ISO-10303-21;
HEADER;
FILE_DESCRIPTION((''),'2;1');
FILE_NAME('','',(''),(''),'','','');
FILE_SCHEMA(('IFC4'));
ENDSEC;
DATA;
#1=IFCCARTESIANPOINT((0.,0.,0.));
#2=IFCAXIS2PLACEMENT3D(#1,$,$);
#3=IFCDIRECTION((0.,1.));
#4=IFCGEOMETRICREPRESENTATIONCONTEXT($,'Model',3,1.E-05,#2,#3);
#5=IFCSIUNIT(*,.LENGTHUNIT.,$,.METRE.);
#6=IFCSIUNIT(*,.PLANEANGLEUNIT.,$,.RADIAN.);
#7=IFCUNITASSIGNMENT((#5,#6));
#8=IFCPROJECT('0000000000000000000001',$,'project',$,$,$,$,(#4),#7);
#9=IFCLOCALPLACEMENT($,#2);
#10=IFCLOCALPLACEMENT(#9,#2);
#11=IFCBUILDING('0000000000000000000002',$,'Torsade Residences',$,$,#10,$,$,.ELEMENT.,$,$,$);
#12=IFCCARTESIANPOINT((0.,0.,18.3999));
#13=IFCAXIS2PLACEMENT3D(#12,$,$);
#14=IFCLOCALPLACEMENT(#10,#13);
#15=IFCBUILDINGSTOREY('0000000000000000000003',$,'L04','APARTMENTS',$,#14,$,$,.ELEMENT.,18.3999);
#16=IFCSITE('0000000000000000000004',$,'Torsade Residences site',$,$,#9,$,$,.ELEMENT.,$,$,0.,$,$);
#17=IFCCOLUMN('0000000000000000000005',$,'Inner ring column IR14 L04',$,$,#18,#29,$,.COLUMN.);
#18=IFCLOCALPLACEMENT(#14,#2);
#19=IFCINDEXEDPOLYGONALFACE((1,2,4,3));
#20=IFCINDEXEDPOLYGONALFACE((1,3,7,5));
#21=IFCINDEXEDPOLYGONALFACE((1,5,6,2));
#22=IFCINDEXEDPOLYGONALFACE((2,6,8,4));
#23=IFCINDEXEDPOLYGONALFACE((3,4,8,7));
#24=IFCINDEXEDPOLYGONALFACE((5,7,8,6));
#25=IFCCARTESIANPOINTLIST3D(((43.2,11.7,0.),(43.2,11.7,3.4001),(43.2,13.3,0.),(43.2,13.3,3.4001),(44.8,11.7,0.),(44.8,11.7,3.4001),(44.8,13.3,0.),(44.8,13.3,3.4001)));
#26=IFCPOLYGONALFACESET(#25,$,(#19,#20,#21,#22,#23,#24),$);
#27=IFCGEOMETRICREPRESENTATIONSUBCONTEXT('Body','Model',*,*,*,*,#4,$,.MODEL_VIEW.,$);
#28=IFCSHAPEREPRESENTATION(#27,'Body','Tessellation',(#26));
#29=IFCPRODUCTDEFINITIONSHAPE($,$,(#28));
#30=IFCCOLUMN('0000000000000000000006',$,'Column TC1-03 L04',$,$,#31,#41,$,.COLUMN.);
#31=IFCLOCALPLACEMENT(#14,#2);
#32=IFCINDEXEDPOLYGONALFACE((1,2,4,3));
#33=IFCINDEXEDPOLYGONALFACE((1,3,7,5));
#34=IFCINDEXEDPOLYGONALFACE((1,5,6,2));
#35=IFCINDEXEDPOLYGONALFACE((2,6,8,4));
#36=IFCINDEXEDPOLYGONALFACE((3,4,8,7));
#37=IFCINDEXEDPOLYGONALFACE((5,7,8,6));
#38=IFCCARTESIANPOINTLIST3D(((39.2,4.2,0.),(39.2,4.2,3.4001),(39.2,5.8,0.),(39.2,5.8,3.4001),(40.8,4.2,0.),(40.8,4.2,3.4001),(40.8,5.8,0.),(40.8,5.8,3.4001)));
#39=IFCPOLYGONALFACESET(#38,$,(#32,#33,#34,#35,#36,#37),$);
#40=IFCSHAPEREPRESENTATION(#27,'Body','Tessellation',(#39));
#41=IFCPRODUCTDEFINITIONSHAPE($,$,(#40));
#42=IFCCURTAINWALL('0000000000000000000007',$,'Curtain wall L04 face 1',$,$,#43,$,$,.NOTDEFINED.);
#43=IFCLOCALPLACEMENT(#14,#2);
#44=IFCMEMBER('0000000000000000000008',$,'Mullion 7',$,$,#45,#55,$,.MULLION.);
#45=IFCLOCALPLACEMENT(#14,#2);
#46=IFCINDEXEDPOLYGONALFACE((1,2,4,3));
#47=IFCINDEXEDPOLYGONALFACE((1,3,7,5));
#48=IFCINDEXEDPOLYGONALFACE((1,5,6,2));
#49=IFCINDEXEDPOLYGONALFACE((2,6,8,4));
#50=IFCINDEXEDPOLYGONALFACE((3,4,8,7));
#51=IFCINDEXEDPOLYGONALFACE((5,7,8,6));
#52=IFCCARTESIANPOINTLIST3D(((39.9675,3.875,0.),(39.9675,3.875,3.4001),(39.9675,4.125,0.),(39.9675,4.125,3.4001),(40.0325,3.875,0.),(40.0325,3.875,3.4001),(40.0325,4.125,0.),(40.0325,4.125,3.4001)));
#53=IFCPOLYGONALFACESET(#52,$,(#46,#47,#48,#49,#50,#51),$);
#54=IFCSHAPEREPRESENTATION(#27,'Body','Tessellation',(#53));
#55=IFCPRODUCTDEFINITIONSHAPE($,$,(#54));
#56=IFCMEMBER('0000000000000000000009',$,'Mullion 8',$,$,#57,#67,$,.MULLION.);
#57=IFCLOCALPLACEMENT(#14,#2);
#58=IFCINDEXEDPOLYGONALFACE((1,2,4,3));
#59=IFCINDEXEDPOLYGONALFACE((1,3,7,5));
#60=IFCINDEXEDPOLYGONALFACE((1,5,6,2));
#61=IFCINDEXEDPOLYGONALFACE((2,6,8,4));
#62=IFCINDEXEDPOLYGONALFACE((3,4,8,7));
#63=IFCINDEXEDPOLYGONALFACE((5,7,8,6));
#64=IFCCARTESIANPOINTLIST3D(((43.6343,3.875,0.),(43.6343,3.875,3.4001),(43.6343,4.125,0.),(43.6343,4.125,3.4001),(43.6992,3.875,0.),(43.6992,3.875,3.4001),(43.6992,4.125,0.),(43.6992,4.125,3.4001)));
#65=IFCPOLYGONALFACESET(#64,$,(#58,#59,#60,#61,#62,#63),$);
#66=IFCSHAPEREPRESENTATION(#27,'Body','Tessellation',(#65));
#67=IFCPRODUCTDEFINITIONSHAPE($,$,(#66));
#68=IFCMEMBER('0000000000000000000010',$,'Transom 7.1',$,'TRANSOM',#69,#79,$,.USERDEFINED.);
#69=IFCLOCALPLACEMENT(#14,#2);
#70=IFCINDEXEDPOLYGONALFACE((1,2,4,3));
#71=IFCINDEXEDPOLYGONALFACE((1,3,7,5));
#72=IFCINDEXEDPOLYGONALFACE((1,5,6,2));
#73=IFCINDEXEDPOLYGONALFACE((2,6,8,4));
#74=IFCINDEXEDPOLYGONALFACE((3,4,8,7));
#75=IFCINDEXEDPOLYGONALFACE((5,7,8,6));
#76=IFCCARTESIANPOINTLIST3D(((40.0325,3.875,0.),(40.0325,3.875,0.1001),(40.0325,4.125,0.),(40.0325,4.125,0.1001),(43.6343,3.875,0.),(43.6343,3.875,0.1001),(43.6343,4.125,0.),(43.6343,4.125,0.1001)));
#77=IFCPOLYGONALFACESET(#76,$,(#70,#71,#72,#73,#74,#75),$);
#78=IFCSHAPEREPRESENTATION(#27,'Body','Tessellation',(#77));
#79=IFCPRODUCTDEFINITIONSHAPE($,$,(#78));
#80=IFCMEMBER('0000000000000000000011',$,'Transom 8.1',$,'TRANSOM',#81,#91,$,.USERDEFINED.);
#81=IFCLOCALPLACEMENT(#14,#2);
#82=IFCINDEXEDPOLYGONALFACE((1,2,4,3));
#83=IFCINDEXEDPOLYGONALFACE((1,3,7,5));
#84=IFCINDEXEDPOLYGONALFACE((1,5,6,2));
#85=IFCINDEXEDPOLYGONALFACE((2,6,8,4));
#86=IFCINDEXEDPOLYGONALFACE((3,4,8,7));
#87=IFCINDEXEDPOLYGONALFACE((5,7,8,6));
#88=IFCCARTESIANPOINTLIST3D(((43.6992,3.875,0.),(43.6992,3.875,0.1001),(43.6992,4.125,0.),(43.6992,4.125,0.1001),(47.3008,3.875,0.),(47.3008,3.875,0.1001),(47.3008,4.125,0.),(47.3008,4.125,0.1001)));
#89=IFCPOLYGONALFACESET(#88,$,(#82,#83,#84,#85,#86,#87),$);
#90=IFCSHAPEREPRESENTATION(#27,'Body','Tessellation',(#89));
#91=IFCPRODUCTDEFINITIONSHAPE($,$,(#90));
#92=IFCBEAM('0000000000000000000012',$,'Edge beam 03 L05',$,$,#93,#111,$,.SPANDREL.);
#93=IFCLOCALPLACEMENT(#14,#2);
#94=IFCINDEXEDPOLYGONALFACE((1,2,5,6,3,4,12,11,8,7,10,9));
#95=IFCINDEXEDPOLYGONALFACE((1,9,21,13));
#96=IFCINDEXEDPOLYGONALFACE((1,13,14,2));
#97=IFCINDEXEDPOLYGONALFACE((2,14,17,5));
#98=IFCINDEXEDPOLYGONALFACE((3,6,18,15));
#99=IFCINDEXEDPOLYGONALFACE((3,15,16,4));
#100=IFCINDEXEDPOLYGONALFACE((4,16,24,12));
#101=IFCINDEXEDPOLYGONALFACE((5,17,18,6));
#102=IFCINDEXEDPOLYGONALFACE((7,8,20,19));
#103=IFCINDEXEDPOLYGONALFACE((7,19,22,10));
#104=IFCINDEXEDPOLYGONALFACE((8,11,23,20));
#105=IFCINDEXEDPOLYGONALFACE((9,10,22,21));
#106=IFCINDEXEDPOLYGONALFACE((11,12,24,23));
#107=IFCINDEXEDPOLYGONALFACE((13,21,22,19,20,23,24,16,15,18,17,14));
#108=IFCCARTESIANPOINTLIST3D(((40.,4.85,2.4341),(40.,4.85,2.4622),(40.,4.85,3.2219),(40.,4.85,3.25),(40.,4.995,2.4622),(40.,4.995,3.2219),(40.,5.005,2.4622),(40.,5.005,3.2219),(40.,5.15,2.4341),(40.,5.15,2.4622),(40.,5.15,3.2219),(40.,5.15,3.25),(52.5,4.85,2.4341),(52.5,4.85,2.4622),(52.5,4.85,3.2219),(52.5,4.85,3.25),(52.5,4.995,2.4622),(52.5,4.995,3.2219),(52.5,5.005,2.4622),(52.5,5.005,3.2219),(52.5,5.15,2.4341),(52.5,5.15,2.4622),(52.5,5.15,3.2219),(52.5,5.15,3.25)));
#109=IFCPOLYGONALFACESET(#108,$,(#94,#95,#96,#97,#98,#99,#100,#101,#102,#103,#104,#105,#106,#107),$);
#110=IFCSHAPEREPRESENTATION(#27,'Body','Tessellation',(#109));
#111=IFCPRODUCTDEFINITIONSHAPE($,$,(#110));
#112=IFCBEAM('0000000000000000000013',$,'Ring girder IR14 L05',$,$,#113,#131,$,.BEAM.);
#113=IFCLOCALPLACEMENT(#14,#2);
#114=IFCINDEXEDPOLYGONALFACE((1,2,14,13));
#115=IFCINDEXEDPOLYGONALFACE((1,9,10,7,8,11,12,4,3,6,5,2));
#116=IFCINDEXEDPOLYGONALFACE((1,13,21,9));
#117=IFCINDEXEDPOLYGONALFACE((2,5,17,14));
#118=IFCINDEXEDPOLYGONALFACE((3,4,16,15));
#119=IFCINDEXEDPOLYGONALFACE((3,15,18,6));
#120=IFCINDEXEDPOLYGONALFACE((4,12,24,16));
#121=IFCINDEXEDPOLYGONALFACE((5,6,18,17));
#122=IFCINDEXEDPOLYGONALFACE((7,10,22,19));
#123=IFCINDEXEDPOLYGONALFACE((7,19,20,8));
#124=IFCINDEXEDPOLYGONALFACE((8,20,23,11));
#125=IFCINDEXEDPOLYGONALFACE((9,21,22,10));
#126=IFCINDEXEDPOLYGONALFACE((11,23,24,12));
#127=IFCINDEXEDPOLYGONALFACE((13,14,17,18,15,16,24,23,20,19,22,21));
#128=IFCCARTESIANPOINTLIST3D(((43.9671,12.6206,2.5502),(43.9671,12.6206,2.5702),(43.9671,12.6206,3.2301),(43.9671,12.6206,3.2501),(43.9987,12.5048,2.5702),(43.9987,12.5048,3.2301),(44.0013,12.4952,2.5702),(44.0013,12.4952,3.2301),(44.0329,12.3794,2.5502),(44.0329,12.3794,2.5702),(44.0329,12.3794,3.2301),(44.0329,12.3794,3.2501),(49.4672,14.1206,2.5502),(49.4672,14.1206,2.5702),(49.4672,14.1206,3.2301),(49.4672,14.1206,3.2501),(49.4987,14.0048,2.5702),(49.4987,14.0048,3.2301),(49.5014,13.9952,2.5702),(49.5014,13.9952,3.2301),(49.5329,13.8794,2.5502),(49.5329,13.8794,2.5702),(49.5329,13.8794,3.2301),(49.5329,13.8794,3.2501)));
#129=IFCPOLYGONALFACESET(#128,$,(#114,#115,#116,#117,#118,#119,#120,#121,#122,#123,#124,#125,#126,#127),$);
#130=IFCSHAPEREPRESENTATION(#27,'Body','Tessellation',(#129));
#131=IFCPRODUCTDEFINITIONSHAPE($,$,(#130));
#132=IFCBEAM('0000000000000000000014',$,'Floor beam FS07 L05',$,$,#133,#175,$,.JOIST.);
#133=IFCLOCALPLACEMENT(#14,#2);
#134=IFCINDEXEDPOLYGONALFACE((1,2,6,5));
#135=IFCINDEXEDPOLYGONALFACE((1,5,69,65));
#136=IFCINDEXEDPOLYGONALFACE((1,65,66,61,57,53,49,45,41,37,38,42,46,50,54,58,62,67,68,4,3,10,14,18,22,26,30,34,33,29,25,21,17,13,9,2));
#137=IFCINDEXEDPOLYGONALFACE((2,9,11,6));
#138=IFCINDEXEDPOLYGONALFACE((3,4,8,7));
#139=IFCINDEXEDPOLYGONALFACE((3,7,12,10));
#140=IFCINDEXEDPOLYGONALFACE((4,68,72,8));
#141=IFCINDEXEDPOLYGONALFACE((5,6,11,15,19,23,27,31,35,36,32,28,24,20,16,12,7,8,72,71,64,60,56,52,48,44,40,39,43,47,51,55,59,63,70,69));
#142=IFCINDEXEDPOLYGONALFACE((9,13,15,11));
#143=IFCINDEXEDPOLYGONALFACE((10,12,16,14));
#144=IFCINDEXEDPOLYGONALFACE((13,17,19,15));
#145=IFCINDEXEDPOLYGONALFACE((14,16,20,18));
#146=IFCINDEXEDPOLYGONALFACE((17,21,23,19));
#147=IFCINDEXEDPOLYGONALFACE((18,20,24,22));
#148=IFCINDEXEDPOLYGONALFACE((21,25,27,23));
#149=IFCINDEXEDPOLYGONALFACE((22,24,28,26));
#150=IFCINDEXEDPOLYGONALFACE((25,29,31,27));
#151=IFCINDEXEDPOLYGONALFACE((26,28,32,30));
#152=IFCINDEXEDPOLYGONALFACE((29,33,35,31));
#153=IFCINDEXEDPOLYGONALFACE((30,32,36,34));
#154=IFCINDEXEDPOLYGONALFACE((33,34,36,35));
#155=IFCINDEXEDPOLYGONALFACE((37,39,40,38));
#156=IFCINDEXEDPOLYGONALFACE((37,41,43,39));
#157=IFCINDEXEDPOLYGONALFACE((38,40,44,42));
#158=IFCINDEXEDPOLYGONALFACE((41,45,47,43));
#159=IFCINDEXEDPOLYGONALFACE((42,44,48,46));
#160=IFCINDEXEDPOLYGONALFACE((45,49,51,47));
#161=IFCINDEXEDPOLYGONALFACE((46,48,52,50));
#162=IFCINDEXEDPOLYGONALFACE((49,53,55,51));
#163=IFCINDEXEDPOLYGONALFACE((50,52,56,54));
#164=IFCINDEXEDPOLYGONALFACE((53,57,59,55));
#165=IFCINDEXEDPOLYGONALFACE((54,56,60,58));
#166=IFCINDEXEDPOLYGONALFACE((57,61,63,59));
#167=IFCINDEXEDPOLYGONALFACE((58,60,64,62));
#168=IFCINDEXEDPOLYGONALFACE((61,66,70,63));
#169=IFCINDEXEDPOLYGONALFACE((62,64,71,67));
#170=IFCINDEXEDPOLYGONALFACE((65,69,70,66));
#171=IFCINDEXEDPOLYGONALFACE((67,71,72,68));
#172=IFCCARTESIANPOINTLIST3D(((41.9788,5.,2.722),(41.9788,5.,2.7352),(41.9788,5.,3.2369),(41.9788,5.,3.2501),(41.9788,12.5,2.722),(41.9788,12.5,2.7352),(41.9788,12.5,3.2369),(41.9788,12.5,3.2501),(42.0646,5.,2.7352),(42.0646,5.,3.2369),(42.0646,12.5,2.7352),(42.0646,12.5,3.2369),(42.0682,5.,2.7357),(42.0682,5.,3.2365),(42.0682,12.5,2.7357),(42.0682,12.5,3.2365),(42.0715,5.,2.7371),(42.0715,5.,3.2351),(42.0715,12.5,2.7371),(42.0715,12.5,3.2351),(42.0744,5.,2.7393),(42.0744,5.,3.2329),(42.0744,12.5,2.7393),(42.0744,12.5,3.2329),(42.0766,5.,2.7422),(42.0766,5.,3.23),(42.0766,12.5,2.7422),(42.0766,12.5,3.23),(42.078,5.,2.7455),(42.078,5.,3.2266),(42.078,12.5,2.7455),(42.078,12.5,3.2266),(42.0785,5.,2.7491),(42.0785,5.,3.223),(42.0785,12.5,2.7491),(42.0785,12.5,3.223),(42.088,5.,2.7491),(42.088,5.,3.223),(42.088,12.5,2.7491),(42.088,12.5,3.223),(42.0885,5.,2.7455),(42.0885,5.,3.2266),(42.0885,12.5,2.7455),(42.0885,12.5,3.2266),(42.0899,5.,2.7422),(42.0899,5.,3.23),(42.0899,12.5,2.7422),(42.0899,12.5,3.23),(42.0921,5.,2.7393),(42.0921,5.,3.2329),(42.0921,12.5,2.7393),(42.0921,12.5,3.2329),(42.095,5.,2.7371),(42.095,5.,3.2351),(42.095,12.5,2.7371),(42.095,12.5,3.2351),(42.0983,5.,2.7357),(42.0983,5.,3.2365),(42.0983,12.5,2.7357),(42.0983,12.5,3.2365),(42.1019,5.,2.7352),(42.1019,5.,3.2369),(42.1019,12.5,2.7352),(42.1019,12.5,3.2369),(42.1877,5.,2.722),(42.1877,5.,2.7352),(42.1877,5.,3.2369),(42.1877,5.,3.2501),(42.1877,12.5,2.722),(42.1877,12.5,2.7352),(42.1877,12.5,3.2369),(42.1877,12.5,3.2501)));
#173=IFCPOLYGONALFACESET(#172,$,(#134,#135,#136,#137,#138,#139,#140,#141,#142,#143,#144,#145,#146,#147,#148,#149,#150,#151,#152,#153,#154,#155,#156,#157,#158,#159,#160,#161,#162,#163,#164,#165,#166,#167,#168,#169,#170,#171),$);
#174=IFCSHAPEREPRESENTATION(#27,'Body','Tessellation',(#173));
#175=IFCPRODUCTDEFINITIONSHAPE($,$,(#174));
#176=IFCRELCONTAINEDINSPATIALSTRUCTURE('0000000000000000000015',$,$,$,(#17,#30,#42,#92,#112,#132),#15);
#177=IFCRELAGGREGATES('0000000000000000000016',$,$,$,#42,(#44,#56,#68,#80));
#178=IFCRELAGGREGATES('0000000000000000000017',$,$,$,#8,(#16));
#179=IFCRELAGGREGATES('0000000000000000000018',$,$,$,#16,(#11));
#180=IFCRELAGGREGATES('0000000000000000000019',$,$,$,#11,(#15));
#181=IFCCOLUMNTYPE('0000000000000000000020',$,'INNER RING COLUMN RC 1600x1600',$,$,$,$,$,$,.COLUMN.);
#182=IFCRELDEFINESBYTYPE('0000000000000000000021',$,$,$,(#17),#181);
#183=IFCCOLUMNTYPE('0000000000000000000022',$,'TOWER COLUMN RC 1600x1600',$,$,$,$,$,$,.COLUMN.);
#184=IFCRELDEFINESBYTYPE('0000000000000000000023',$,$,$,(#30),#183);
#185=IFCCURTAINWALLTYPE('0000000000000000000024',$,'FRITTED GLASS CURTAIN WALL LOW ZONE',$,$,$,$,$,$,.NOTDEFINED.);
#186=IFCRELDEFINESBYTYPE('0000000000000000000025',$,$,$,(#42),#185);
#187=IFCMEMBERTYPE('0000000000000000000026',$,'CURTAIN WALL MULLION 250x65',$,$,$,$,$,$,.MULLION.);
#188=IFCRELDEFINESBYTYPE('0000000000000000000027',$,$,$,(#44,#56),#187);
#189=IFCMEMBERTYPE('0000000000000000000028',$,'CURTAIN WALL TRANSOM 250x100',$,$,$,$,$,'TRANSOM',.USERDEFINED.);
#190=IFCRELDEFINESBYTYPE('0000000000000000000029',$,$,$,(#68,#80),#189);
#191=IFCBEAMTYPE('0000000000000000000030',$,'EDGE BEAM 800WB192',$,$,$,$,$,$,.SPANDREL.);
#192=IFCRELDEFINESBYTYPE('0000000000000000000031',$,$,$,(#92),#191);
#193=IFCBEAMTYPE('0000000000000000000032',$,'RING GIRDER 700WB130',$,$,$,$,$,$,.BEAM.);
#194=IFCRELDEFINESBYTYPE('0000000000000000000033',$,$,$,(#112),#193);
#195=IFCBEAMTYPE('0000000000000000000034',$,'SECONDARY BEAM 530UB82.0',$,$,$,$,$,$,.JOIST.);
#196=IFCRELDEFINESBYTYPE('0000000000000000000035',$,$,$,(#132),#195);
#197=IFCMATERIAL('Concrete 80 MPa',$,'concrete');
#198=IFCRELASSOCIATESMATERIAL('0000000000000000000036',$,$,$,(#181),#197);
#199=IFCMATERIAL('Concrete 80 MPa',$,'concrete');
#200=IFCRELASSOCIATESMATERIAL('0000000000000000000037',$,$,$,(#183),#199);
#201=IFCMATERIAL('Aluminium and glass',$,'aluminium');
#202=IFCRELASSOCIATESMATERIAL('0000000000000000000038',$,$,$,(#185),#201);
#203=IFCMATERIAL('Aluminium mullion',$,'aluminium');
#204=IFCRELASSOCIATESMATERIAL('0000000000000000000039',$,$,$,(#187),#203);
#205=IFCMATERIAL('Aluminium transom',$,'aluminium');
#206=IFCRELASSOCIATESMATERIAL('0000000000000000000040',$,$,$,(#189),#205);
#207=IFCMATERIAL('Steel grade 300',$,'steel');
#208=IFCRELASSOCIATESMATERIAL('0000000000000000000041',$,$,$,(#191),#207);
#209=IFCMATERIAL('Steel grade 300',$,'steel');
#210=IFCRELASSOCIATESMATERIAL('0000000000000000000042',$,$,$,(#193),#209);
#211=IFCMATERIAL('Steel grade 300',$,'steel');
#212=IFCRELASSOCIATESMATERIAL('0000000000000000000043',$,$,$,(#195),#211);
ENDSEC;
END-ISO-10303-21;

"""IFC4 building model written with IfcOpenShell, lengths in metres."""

from ifc_helpers import new_model, si_unit, direction, frame, origin, origin_2d, place, context, subcontext, project, spatial, rectangle, i_section, extrude, material, material_profile, profile_set, type_object, element, aggregate, save


model = new_model("IFC4")

# Units and contexts
model_context = context("Model", 3, precision=1e-05, world=origin(), true_north=direction((0.0, 1.0)))
body_context = subcontext(model_context, "Body", "Model", "MODEL_VIEW")
ifc_project = project(units=[si_unit("LENGTHUNIT", "METRE"), si_unit("PLANEANGLEUNIT", "RADIAN")], contexts=[model_context])

# Site, building, storey
site_placement = place(None, origin())
site = spatial("IfcSite", under=ifc_project, at=site_placement, Name="Torsade Residences site", CompositionType="ELEMENT", RefElevation=0.0)
building_placement = place(site_placement, origin())
building = spatial("IfcBuilding", under=site, at=building_placement, Name="Torsade Residences", CompositionType="ELEMENT")
storey_placement = place(building_placement, frame((0.0, 0.0, 18.3999)))
storey = spatial("IfcBuildingStorey", under=building, at=storey_placement, Name="L04", Description="APARTMENTS", CompositionType="ELEMENT", Elevation=18.3999)

# Columns
ifc_material_1 = material(Name="Concrete 80 MPa", Category="concrete")
ifc_material_profile_1 = material_profile(ifc_material_1, rectangle(XDim=1.6001, YDim=1.6001, at=origin_2d()), Name="RC 1600x1600")
ifc_profile_set_1 = profile_set([ifc_material_profile_1], Name="Concrete 80 MPa")
column_type_1 = type_object("IfcColumnType", Name="INNER RING COLUMN RC 1600x1600", PredefinedType="COLUMN", material=ifc_profile_set_1)
column_1_placement = place(storey_placement, frame((44.0, 12.5, 0.0), z_axis=(0.0, 0.0, 1.0), x_axis=(1.0, 0.0, 0.0)))
element("IfcColumn", 1, at=column_1_placement, inside=storey, type_object=column_type_1, Name="Inner ring column IR14 L04", PredefinedType="COLUMN", context=body_context, shape_type="SweptSolid", body=[
    extrude(rectangle(XDim=1.6001, YDim=1.6001, at=origin_2d()), origin(), (0.0, 0.0, 1.0), 3.4001),
])
ifc_material_2 = material(Name="Concrete 80 MPa", Category="concrete")
ifc_material_profile_2 = material_profile(ifc_material_2, rectangle(XDim=1.6001, YDim=1.6001, at=origin_2d()), Name="RC 1600x1600")
ifc_profile_set_2 = profile_set([ifc_material_profile_2], Name="Concrete 80 MPa")
column_type_2 = type_object("IfcColumnType", Name="TOWER COLUMN RC 1600x1600", PredefinedType="COLUMN", material=ifc_profile_set_2)
column_2_placement = place(storey_placement, frame((40.0, 5.0, 0.0), z_axis=(0.0, 0.0, 1.0), x_axis=(1.0, 0.0, 0.0)))
element("IfcColumn", 2, at=column_2_placement, inside=storey, type_object=column_type_2, Name="Column TC1-03 L04", PredefinedType="COLUMN", context=body_context, shape_type="SweptSolid", body=[
    extrude(rectangle(XDim=1.6001, YDim=1.6001, at=origin_2d()), origin(), (0.0, 0.0, 1.0), 3.4001),
])

# Curtain wall, members
ifc_material_3 = material(Name="Aluminium and glass", Category="aluminium")
curtain_wall_type = type_object("IfcCurtainWallType", Name="FRITTED GLASS CURTAIN WALL LOW ZONE", PredefinedType="NOTDEFINED", material=ifc_material_3)
curtain_wall_placement = place(storey_placement, origin())
curtain_wall = element("IfcCurtainWall", 3, at=curtain_wall_placement, inside=storey, type_object=curtain_wall_type, Name="Curtain wall L04 face 1", PredefinedType="NOTDEFINED")
ifc_material_4 = material(Name="Aluminium mullion", Category="aluminium")
ifc_material_profile_3 = material_profile(ifc_material_4, rectangle(XDim=0.25, YDim=0.0649, at=origin_2d()), Name="CURTAIN WALL MULLION 250x65")
ifc_profile_set_3 = profile_set([ifc_material_profile_3], Name="Aluminium mullion")
member_type_1 = type_object("IfcMemberType", Name="CURTAIN WALL MULLION 250x65", PredefinedType="MULLION", material=ifc_profile_set_3)
member_1_placement = place(storey_placement, frame((40.0, 4.0, 0.0), z_axis=(0.0, 0.0, 1.0), x_axis=(0.0, 1.0, 0.0)))
member_1 = element("IfcMember", 4, at=member_1_placement, type_object=member_type_1, Name="Mullion 7", PredefinedType="MULLION", context=body_context, shape_type="SweptSolid", body=[
    extrude(rectangle(XDim=0.25, YDim=0.0649, at=origin_2d()), origin(), (0.0, 0.0, 1.0), 3.4001),
])
member_2_placement = place(storey_placement, frame((43.6667, 4.0, 0.0), z_axis=(0.0, 0.0, 1.0), x_axis=(0.0, 1.0, 0.0)))
member_2 = element("IfcMember", 5, at=member_2_placement, type_object=member_type_1, Name="Mullion 8", PredefinedType="MULLION", context=body_context, shape_type="SweptSolid", body=[
    extrude(rectangle(XDim=0.25, YDim=0.0649, at=origin_2d()), origin(), (0.0, 0.0, 1.0), 3.4001),
])
ifc_material_5 = material(Name="Aluminium transom", Category="aluminium")
ifc_material_profile_4 = material_profile(ifc_material_5, rectangle(XDim=0.25, YDim=0.1001, at=origin_2d()), Name="CURTAIN WALL TRANSOM 250x100")
ifc_profile_set_4 = profile_set([ifc_material_profile_4], Name="Aluminium transom")
member_type_2 = type_object("IfcMemberType", Name="CURTAIN WALL TRANSOM 250x100", ElementType="TRANSOM", PredefinedType="USERDEFINED", material=ifc_profile_set_4)
member_3_placement = place(storey_placement, frame((40.0325, 4.0, 0.05), z_axis=(1.0, 0.0, 0.0), x_axis=(0.0, 1.0, 0.0)))
member_3 = element("IfcMember", 6, at=member_3_placement, type_object=member_type_2, Name="Transom 7.1", ObjectType="TRANSOM", PredefinedType="USERDEFINED", context=body_context, shape_type="SweptSolid", body=[
    extrude(rectangle(XDim=0.25, YDim=0.1001, at=origin_2d()), origin(), (0.0, 0.0, 1.0), 3.6018),
])
member_4_placement = place(storey_placement, frame((43.6992, 4.0, 0.05), z_axis=(1.0, 0.0, 0.0), x_axis=(0.0, 1.0, 0.0)))
member_4 = element("IfcMember", 7, at=member_4_placement, type_object=member_type_2, Name="Transom 8.1", ObjectType="TRANSOM", PredefinedType="USERDEFINED", context=body_context, shape_type="SweptSolid", body=[
    extrude(rectangle(XDim=0.25, YDim=0.1001, at=origin_2d()), origin(), (0.0, 0.0, 1.0), 3.6016),
])

# Beams
ifc_material_6 = material(Name="Steel grade 300", Category="steel")
ifc_material_profile_5 = material_profile(ifc_material_6, i_section(OverallWidth=0.3, OverallDepth=0.8159, WebThickness=0.01, FlangeThickness=0.0281, at=origin_2d()), Name="800WB192")
ifc_profile_set_5 = profile_set([ifc_material_profile_5], Name="Steel grade 300")
beam_type_1 = type_object("IfcBeamType", Name="EDGE BEAM 800WB192", PredefinedType="SPANDREL", material=ifc_profile_set_5)
beam_1_placement = place(storey_placement, frame((40.0, 5.0, 2.842), z_axis=(1.0, 0.0, 0.0), x_axis=(0.0, 1.0, 0.0)))
element("IfcBeam", 8, at=beam_1_placement, inside=storey, type_object=beam_type_1, Name="Edge beam 03 L05", PredefinedType="SPANDREL", context=body_context, shape_type="SweptSolid", body=[
    extrude(i_section(OverallWidth=0.3, OverallDepth=0.8159, WebThickness=0.01, FlangeThickness=0.0281, at=origin_2d()), origin(), (0.0, 0.0, 1.0), 12.5),
])
ifc_material_7 = material(Name="Steel grade 300", Category="steel")
ifc_material_profile_6 = material_profile(ifc_material_7, i_section(OverallWidth=0.25, OverallDepth=0.7, WebThickness=0.01, FlangeThickness=0.02, at=origin_2d()), Name="700WB130")
ifc_profile_set_6 = profile_set([ifc_material_profile_6], Name="Steel grade 300")
beam_type_2 = type_object("IfcBeamType", Name="RING GIRDER 700WB130", PredefinedType="BEAM", material=ifc_profile_set_6)
beam_2_placement = place(storey_placement, frame((44.0, 12.5, 2.9001), z_axis=(0.964764, 0.263117, 0.0), x_axis=(-0.263117, 0.964764, 0.0)))
element("IfcBeam", 9, at=beam_2_placement, inside=storey, type_object=beam_type_2, Name="Ring girder IR14 L05", PredefinedType="BEAM", context=body_context, shape_type="SweptSolid", body=[
    extrude(i_section(OverallWidth=0.25, OverallDepth=0.7, WebThickness=0.01, FlangeThickness=0.02, at=origin_2d()), origin(), (0.0, 0.0, 1.0), 5.7009),
])
ifc_material_8 = material(Name="Steel grade 300", Category="steel")
ifc_material_profile_7 = material_profile(ifc_material_8, i_section(OverallWidth=0.209, OverallDepth=0.5281, WebThickness=0.0095, FlangeThickness=0.0132, FilletRadius=0.0139, at=origin_2d()), Name="530UB82.0")
ifc_profile_set_7 = profile_set([ifc_material_profile_7], Name="Steel grade 300")
beam_type_3 = type_object("IfcBeamType", Name="SECONDARY BEAM 530UB82.0", PredefinedType="JOIST", material=ifc_profile_set_7)
beam_3_placement = place(storey_placement, frame((42.0833, 5.0, 2.9861), z_axis=(0.0, 1.0, 0.0), x_axis=(-1.0, 0.0, 0.0)))
element("IfcBeam", 10, at=beam_3_placement, inside=storey, type_object=beam_type_3, Name="Floor beam FS07 L05", PredefinedType="JOIST", context=body_context, shape_type="SweptSolid", body=[
    extrude(i_section(OverallWidth=0.209, OverallDepth=0.5281, WebThickness=0.0095, FlangeThickness=0.0132, FilletRadius=0.0139, at=origin_2d()), origin(), (0.0, 0.0, 1.0), 7.5),
])

aggregate(curtain_wall, [member_1, member_2, member_3, member_4])

save(model, "model.ifc")
